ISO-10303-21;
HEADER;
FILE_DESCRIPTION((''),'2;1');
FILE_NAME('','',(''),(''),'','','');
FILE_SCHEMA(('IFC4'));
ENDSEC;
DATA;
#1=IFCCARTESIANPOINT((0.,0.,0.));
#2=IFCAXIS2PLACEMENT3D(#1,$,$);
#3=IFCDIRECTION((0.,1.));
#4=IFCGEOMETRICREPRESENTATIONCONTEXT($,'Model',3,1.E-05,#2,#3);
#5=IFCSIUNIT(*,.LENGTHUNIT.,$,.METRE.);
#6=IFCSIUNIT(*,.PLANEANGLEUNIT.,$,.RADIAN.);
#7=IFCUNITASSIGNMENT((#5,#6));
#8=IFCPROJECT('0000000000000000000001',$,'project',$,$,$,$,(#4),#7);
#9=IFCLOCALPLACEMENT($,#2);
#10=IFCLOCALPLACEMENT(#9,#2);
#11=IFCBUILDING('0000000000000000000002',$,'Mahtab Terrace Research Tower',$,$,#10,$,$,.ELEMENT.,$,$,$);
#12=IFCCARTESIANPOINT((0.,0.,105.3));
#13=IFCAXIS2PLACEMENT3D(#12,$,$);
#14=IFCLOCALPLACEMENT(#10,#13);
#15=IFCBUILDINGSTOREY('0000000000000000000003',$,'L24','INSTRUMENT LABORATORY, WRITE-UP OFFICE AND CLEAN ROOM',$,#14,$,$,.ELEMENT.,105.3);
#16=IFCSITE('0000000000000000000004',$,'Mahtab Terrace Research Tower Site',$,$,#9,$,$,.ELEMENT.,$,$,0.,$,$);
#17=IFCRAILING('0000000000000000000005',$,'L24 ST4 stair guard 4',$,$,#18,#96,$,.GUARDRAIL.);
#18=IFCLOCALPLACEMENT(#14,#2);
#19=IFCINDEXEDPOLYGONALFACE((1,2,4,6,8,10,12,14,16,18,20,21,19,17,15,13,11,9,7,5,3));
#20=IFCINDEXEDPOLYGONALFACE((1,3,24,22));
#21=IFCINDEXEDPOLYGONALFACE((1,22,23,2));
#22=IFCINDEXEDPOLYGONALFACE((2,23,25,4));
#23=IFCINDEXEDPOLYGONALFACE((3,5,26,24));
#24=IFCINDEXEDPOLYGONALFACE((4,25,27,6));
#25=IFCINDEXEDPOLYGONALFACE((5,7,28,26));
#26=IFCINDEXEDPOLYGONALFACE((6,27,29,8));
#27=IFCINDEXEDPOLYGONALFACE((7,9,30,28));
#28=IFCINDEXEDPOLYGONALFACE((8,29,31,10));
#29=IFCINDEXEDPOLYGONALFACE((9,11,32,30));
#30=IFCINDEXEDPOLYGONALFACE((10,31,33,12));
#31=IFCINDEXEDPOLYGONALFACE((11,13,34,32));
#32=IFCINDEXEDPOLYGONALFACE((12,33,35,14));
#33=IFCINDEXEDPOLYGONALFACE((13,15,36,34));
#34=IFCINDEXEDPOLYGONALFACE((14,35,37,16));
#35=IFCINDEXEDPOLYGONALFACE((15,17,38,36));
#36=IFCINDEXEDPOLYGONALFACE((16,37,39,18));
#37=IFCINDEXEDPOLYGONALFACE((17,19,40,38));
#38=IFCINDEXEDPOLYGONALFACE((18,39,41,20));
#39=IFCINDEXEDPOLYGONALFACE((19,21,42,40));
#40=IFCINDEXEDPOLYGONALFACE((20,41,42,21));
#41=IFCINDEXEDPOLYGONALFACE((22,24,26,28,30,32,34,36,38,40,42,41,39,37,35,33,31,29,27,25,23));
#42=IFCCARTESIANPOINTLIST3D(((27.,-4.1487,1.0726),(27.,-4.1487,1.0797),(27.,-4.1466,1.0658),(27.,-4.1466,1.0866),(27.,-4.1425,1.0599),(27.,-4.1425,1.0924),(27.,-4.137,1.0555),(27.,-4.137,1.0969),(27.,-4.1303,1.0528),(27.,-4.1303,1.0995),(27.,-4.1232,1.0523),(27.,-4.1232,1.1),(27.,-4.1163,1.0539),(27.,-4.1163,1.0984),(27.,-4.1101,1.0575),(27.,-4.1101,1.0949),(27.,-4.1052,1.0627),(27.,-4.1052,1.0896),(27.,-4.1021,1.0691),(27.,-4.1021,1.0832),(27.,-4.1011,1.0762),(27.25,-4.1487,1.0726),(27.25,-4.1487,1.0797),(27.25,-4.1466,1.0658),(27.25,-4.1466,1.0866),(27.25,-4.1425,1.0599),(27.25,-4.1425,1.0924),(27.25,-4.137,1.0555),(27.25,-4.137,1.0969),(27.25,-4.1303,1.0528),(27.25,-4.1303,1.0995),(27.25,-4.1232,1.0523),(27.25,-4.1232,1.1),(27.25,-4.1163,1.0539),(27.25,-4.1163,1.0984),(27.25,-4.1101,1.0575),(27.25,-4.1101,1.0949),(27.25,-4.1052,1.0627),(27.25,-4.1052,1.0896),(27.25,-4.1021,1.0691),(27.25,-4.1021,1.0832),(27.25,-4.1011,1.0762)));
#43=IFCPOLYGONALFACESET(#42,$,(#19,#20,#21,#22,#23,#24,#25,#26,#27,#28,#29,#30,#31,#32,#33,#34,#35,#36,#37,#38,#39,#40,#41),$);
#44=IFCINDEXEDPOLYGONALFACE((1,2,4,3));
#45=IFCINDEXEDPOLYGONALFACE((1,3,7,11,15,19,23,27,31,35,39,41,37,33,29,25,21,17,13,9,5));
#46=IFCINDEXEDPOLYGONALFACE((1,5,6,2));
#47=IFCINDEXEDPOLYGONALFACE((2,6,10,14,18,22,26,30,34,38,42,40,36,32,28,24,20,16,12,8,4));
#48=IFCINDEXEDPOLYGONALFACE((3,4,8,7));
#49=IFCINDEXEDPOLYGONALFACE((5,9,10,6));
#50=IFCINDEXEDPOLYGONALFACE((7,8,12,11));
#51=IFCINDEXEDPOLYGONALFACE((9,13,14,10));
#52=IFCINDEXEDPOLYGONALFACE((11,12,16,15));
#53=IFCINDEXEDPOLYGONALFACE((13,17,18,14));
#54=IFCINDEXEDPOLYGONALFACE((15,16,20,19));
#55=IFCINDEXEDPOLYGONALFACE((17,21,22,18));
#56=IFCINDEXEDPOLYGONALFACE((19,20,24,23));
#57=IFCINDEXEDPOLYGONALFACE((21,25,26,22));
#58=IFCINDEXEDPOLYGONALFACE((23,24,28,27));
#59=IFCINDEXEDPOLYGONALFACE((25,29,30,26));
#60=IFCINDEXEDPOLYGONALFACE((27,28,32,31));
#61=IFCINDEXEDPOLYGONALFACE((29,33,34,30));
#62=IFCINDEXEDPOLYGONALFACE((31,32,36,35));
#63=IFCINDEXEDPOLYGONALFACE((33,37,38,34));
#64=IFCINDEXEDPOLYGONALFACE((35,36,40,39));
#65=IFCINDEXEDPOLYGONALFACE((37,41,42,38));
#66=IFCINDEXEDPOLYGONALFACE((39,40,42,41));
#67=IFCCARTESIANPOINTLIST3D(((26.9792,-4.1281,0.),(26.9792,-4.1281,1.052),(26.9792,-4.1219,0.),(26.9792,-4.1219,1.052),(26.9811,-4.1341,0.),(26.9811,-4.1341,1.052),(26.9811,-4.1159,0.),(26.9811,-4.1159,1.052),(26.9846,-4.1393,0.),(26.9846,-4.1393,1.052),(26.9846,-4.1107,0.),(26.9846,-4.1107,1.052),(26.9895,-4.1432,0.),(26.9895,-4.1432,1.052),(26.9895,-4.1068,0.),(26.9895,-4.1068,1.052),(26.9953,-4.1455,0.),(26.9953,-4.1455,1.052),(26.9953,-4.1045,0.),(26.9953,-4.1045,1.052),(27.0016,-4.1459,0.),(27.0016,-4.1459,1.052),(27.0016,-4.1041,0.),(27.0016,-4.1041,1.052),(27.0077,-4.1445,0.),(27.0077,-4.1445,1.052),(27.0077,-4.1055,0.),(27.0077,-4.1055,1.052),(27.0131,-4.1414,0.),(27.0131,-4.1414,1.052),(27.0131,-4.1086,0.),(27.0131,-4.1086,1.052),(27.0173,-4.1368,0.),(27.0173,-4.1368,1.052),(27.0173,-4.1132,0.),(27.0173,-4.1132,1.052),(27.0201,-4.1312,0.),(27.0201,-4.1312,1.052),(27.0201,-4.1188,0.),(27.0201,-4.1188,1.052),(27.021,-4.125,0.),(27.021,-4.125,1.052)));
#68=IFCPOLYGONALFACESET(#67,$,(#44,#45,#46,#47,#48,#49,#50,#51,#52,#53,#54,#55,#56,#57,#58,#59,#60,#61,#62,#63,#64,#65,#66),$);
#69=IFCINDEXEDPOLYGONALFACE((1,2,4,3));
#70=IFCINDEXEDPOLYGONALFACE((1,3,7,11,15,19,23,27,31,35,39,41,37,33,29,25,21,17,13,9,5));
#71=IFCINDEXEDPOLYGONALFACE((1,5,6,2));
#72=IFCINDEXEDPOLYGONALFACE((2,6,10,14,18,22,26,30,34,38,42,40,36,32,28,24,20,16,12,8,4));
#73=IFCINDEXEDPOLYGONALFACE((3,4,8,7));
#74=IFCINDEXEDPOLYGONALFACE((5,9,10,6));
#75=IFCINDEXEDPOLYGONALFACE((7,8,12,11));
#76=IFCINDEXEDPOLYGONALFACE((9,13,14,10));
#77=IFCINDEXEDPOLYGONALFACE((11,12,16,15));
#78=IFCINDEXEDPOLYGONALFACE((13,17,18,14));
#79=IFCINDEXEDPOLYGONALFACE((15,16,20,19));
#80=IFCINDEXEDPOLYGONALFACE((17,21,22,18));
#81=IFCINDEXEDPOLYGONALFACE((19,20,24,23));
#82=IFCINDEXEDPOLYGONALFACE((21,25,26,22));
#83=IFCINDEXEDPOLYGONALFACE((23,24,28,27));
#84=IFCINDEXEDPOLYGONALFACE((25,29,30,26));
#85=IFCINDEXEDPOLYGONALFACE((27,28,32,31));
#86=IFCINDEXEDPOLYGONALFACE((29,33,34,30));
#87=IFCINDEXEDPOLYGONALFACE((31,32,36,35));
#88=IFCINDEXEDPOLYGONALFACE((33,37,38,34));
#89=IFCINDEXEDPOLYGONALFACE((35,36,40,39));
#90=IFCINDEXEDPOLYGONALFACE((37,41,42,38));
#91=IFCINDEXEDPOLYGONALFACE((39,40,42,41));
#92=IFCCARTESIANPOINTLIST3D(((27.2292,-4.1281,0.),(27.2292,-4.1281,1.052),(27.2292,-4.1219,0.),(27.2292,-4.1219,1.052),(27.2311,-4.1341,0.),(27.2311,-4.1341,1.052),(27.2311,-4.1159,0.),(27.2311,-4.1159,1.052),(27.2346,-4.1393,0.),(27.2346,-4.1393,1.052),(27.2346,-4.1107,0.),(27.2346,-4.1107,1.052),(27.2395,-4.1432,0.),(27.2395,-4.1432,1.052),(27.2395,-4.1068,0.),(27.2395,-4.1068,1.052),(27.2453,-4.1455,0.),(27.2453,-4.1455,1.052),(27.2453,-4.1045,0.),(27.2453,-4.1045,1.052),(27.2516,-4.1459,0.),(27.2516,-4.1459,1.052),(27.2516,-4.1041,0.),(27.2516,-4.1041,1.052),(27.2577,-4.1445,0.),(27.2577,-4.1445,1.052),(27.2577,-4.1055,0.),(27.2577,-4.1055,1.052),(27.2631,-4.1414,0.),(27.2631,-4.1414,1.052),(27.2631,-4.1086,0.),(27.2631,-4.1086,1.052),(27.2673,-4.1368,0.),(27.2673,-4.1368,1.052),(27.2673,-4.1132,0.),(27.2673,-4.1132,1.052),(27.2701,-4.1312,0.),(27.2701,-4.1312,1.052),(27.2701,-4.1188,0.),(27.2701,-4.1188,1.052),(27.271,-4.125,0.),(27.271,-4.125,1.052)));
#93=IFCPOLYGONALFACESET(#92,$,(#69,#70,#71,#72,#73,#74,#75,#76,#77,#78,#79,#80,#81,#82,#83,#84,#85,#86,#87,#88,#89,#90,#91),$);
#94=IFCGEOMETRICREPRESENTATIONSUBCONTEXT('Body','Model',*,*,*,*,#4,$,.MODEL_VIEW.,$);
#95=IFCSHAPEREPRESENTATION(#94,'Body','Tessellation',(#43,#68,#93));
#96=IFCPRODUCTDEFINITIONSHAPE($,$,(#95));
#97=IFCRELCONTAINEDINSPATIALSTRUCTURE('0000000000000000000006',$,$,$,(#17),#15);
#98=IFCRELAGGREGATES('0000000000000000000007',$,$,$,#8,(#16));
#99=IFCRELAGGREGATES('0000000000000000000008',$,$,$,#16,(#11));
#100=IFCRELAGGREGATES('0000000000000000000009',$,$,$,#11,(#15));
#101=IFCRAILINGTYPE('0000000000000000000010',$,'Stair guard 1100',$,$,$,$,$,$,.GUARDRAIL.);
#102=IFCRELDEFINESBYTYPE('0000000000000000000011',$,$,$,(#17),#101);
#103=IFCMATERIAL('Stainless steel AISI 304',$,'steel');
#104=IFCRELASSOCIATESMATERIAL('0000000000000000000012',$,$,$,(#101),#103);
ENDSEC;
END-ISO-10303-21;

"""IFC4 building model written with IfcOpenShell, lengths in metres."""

from ifc_helpers import new_model, si_unit, direction, frame, origin, origin_2d, place, context, subcontext, project, spatial, circle, extrude, material, type_object, element, save


model = new_model("IFC4")

# Units and contexts
model_context = context("Model", 3, precision=1e-05, world=origin(), true_north=direction((0.0, 1.0)))
body_context = subcontext(model_context, "Body", "Model", "MODEL_VIEW")
ifc_project = project(units=[si_unit("LENGTHUNIT", "METRE"), si_unit("PLANEANGLEUNIT", "RADIAN")], contexts=[model_context])

# Site, building, storey
site_placement = place(None, origin())
site = spatial("IfcSite", under=ifc_project, at=site_placement, Name="Mahtab Terrace Research Tower Site", CompositionType="ELEMENT", RefElevation=0.0)
building_placement = place(site_placement, origin())
building = spatial("IfcBuilding", under=site, at=building_placement, Name="Mahtab Terrace Research Tower", CompositionType="ELEMENT")
storey_placement = place(building_placement, frame((0.0, 0.0, 105.3)))
storey = spatial("IfcBuildingStorey", under=building, at=storey_placement, Name="L24", Description="INSTRUMENT LABORATORY, WRITE-UP OFFICE AND CLEAN ROOM", CompositionType="ELEMENT", Elevation=105.3)

# Railing
ifc_material_1 = material(Name="Stainless steel AISI 304", Category="steel")
railing_type_1 = type_object("IfcRailingType", Name="Stair guard 1100", PredefinedType="GUARDRAIL", material=ifc_material_1)
railing_1_placement = place(storey_placement, frame((27.0, -4.125, 0.0)))
element("IfcRailing", 1, at=railing_1_placement, inside=storey, type_object=railing_type_1, Name="L24 ST4 stair guard 4", PredefinedType="GUARDRAIL", context=body_context, shape_type="SweptSolid", body=[
    extrude(circle(Radius=0.0239, at=origin_2d()), frame((0.0, 0.0, 1.0762), z_axis=(1.0, 0.0, 0.0), x_axis=(0.0, 1.0, 0.0)), (0.0, 0.0, 1.0), 0.25),
    extrude(circle(Radius=0.021, at=origin_2d()), origin(), (0.0, 0.0, 1.0), 1.052),
    extrude(circle(Radius=0.021, at=origin_2d()), frame((0.25, 0.0, 0.0)), (0.0, 0.0, 1.0), 1.052),
])

save(model, "model.ifc")
